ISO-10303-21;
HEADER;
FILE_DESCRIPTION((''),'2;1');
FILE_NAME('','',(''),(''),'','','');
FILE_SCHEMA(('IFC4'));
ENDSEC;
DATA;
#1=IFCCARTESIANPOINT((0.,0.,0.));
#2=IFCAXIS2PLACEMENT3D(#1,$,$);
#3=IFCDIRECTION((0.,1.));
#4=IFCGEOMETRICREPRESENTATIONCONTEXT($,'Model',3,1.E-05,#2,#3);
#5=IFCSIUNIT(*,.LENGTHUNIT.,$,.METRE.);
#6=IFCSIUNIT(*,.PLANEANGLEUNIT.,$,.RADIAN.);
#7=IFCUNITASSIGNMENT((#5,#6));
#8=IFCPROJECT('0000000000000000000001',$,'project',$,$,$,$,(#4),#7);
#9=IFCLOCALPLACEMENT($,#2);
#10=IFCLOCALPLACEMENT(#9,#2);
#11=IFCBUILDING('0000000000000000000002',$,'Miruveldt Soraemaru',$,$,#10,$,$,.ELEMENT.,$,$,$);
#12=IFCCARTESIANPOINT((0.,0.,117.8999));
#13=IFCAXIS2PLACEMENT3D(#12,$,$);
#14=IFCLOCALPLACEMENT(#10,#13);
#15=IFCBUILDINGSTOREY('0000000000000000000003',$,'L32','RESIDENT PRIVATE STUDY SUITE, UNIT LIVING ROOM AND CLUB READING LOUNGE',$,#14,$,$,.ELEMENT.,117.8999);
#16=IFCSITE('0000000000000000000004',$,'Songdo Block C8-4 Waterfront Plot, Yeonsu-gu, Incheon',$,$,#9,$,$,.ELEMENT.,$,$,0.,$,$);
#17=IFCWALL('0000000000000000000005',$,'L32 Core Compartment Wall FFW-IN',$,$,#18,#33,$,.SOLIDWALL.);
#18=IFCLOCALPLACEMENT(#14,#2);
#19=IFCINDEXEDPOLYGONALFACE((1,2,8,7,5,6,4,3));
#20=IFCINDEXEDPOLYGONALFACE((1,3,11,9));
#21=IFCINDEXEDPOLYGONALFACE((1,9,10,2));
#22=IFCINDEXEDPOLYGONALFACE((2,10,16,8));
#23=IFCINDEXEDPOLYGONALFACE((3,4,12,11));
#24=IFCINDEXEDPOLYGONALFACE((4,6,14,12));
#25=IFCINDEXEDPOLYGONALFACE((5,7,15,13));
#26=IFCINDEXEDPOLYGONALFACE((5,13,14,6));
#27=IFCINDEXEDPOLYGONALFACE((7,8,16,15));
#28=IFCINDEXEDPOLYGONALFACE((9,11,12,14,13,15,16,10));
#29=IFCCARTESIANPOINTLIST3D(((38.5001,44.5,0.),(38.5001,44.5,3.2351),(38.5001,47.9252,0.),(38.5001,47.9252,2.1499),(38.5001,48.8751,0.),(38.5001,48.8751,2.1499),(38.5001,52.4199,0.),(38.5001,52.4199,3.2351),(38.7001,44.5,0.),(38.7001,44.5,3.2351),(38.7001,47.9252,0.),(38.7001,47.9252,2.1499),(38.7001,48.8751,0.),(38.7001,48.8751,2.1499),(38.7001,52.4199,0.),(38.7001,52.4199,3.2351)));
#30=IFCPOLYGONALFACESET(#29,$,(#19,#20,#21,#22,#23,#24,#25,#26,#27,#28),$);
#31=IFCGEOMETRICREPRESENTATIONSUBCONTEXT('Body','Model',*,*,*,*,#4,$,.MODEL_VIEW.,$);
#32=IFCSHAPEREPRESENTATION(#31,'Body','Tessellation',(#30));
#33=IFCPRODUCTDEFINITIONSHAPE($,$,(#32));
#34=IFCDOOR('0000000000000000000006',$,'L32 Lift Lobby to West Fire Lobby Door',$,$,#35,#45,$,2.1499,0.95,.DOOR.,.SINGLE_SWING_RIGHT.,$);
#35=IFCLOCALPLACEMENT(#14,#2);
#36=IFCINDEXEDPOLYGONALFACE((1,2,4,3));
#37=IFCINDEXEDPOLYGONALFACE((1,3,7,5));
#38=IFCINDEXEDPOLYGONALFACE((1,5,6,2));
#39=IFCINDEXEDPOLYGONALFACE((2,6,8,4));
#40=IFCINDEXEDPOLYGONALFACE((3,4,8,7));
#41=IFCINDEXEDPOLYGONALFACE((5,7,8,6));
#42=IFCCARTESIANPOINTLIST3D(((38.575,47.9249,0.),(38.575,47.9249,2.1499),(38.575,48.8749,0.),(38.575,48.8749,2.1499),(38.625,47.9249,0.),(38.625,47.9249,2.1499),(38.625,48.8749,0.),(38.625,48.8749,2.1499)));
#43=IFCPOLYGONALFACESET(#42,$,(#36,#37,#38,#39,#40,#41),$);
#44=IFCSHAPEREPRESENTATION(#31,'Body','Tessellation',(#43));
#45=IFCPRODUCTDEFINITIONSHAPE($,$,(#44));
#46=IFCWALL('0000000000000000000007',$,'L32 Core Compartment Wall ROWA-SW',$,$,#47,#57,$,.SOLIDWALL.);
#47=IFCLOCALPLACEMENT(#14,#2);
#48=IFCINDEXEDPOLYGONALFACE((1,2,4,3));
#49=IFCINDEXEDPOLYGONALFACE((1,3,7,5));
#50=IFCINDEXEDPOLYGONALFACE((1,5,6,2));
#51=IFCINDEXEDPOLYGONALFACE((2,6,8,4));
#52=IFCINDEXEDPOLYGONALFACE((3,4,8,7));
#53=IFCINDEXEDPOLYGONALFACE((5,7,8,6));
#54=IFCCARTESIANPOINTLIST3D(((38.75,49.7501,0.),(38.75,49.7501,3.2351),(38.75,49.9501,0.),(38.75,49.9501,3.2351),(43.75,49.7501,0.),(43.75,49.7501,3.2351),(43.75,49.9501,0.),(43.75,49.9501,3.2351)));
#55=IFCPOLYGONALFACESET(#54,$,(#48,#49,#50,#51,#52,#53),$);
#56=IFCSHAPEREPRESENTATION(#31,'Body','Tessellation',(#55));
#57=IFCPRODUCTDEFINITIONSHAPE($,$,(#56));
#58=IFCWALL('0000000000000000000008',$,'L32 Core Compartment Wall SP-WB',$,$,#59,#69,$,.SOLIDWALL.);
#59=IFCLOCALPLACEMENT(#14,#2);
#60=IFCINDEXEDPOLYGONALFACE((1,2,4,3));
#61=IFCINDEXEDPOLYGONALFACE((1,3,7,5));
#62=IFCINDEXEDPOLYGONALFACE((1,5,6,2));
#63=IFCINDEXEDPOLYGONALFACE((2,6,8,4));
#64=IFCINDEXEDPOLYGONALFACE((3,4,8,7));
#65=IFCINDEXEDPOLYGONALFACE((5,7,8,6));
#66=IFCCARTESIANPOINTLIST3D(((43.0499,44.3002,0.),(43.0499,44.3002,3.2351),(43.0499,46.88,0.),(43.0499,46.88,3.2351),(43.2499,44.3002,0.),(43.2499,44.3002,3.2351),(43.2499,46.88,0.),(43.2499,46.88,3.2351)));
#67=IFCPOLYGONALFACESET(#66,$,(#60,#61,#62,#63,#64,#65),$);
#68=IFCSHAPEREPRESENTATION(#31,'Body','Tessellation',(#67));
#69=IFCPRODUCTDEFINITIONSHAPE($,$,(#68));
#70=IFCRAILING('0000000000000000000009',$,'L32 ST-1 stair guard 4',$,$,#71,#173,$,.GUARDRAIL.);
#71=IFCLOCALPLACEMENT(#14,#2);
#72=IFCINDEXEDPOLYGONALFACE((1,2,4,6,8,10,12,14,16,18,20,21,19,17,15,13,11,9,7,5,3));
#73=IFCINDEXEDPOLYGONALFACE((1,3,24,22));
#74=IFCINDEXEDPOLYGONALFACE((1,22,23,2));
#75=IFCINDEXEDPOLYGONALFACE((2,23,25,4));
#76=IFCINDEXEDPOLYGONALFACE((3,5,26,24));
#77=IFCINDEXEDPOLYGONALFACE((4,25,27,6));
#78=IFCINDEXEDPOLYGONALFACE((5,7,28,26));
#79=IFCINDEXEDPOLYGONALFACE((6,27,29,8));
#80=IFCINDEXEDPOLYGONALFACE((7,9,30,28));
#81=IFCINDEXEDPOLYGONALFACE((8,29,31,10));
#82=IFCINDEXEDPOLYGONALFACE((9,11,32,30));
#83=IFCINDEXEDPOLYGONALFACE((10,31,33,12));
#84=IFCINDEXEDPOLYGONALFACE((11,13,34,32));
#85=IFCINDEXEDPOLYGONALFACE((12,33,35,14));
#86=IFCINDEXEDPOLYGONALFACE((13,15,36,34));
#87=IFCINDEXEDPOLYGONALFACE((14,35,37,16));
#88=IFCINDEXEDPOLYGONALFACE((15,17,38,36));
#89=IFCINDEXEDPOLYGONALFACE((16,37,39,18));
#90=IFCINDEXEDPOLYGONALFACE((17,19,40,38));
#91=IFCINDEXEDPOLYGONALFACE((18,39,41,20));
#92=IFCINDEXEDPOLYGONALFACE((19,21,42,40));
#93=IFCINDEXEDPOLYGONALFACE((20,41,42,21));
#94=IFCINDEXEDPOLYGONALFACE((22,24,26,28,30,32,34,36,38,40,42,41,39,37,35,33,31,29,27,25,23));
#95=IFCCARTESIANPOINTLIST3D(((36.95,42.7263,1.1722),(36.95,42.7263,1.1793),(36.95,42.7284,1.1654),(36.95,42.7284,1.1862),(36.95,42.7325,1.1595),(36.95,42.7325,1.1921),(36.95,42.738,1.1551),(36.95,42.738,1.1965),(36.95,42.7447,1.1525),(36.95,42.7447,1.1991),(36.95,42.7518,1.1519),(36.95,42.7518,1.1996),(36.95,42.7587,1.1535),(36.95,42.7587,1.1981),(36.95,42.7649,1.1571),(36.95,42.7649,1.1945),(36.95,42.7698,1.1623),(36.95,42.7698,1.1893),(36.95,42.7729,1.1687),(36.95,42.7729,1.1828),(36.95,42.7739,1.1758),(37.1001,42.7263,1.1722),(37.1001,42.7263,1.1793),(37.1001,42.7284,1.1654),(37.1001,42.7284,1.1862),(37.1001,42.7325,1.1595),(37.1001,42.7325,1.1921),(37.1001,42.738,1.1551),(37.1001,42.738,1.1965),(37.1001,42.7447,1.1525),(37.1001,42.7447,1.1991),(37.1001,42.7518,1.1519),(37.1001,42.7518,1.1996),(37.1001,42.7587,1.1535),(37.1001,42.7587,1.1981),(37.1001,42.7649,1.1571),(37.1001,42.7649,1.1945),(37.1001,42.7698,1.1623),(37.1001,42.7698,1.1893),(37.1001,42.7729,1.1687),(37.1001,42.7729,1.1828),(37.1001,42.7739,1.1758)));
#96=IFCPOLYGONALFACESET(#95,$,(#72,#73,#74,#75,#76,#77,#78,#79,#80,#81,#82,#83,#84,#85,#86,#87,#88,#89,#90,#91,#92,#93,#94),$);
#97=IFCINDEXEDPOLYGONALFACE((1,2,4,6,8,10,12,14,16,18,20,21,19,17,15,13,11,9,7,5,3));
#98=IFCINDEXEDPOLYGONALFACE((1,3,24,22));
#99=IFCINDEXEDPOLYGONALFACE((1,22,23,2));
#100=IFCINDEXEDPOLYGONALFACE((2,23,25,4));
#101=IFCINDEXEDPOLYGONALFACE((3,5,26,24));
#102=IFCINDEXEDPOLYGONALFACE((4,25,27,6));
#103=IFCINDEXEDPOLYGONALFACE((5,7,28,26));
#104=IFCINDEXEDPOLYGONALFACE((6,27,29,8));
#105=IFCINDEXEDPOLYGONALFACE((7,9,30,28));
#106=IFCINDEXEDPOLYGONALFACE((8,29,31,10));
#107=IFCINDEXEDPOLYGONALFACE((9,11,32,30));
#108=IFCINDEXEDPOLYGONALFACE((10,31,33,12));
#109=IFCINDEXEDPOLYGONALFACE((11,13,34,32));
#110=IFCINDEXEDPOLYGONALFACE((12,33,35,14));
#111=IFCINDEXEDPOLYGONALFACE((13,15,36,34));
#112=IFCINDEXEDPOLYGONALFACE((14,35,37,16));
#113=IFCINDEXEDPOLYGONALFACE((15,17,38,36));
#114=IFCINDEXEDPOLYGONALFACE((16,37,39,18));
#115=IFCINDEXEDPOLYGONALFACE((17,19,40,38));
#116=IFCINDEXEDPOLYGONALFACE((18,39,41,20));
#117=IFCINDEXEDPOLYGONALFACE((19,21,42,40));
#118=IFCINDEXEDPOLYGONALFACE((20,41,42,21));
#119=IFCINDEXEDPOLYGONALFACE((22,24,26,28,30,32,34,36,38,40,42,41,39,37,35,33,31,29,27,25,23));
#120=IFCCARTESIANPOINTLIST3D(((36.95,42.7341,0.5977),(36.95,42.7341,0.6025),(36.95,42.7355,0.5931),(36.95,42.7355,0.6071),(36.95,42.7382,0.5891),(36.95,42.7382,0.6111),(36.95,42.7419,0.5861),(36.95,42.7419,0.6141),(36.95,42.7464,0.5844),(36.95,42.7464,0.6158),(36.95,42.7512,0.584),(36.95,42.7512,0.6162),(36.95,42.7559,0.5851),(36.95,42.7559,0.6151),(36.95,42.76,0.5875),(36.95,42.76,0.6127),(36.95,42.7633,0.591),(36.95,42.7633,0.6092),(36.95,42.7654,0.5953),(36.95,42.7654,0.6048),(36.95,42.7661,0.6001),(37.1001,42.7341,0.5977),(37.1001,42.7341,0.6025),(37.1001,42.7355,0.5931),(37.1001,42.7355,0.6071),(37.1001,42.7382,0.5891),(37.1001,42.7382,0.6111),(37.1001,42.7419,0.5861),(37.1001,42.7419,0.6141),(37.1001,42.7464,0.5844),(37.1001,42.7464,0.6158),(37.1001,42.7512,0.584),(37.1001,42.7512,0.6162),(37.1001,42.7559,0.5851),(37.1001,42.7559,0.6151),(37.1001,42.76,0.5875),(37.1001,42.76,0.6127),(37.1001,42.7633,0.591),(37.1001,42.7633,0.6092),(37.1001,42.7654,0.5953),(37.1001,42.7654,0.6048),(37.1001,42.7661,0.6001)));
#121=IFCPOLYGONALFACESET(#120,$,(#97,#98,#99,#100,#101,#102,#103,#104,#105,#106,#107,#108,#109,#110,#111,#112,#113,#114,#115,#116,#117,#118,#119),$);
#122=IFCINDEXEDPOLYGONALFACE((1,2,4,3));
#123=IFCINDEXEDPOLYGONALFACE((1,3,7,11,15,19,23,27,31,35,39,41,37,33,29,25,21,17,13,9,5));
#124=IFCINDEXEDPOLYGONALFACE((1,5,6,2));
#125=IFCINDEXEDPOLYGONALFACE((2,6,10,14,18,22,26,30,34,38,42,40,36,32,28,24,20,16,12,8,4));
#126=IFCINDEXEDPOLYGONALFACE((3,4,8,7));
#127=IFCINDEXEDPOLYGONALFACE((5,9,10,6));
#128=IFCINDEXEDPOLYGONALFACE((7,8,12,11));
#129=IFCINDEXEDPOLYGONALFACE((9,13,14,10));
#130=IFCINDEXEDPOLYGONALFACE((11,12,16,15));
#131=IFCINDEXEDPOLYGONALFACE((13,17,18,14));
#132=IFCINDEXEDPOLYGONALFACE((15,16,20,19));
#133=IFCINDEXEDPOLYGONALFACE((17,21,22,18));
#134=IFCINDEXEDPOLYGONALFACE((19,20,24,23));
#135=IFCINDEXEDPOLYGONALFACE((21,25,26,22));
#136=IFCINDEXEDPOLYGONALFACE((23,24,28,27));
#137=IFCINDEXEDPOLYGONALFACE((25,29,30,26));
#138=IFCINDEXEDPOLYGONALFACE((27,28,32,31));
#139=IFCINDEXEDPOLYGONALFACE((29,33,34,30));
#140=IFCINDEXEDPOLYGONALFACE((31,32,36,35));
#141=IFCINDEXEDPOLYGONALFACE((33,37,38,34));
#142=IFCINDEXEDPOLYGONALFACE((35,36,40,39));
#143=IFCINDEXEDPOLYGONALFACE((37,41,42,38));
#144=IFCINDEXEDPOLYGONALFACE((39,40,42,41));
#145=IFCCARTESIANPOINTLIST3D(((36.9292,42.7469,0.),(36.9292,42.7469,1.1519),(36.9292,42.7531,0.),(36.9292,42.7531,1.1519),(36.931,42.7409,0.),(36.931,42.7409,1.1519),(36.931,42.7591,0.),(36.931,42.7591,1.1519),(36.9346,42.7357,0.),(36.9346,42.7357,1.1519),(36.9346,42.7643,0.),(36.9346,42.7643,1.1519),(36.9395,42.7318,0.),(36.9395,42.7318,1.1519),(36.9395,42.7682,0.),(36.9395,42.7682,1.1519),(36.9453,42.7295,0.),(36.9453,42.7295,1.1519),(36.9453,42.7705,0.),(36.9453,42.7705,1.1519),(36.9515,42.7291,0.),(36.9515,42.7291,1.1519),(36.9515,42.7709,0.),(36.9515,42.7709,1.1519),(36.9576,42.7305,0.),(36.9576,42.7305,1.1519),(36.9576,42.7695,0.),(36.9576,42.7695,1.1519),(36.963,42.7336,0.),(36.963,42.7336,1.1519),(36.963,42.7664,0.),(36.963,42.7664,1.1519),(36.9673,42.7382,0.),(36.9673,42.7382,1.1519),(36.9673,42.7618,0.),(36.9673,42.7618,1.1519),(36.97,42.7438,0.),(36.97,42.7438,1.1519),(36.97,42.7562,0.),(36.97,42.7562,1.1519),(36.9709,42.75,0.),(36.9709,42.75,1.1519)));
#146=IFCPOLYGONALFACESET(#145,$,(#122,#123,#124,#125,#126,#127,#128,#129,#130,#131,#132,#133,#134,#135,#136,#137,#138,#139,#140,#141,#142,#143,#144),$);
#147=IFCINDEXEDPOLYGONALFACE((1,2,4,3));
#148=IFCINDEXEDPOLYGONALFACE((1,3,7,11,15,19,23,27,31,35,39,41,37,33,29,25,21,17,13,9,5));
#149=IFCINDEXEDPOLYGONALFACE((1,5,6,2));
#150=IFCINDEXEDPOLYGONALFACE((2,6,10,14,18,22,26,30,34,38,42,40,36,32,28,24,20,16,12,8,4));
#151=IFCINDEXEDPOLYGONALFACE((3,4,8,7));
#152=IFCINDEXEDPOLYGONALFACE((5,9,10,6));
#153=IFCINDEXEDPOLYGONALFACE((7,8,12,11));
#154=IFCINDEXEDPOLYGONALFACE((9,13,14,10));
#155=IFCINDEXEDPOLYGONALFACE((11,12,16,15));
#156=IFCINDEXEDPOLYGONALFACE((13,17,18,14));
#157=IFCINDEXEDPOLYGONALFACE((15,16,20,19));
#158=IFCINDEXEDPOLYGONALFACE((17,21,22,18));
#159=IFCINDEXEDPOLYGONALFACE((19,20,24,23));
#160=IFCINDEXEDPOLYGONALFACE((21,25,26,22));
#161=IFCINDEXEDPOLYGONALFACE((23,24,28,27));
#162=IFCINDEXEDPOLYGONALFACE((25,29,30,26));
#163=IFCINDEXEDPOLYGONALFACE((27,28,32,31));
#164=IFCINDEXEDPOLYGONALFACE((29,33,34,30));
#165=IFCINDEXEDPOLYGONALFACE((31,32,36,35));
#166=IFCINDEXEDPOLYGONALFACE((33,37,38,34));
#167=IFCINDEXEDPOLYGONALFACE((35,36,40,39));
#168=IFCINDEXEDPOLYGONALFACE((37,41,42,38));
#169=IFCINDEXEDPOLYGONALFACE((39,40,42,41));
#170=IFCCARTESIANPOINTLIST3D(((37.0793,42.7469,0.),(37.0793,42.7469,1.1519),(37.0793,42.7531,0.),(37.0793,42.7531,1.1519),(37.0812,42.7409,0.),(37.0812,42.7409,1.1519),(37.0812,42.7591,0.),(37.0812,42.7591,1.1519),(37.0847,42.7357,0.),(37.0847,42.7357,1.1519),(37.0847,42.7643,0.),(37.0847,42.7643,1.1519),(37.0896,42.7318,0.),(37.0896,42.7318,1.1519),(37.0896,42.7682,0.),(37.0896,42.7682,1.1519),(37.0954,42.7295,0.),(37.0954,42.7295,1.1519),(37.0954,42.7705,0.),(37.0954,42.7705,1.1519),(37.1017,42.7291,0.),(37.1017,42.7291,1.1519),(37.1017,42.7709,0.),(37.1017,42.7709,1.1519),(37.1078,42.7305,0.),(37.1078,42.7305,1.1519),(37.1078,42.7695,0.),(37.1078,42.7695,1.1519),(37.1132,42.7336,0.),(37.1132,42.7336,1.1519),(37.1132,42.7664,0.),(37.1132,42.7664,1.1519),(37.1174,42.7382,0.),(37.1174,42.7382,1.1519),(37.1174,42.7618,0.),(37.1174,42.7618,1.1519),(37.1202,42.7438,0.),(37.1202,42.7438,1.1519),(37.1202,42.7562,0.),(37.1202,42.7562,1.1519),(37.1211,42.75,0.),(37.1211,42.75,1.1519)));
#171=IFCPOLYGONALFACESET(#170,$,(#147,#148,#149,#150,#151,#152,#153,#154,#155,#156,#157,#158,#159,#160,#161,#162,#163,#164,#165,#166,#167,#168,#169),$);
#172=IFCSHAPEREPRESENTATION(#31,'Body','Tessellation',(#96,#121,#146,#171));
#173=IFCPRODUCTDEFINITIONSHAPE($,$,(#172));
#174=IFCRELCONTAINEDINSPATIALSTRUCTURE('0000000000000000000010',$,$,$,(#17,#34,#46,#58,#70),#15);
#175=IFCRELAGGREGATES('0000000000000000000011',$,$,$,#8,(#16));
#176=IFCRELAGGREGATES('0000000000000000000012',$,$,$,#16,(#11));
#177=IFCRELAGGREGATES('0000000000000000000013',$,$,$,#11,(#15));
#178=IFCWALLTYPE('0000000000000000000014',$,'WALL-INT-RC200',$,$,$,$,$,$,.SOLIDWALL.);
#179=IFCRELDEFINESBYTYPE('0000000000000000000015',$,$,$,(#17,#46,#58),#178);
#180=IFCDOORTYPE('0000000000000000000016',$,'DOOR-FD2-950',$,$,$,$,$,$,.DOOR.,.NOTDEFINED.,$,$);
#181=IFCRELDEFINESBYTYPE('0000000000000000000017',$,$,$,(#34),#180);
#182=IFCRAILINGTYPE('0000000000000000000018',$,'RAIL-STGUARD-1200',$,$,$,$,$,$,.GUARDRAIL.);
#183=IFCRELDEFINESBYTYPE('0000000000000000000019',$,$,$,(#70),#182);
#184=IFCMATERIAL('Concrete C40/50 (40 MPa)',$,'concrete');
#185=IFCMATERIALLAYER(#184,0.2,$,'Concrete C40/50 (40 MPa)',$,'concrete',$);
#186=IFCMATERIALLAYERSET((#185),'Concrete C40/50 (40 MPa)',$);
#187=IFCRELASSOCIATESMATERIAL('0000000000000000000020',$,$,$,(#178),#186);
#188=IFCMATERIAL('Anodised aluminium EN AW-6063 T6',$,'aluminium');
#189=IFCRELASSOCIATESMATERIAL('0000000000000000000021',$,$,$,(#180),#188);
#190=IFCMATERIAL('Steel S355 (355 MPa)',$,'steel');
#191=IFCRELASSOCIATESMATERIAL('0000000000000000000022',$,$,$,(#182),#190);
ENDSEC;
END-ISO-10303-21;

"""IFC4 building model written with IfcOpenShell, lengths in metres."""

from ifc_helpers import new_model, si_unit, direction, frame, frame_2d, origin, origin_2d, place, context, subcontext, project, spatial, rectangle, circle, extrude, material, layer, layer_set, type_object, element, fill, save


model = new_model("IFC4")

# Units and contexts
model_context = context("Model", 3, precision=1e-05, world=origin(), true_north=direction((0.0, 1.0)))
body_context = subcontext(model_context, "Body", "Model", "MODEL_VIEW")
ifc_project = project(units=[si_unit("LENGTHUNIT", "METRE"), si_unit("PLANEANGLEUNIT", "RADIAN")], contexts=[model_context])

# Site, building, storey
site_placement = place(None, origin())
site = spatial("IfcSite", under=ifc_project, at=site_placement, Name="Songdo Block C8-4 Waterfront Plot, Yeonsu-gu, Incheon", CompositionType="ELEMENT", RefElevation=0.0)
building_placement = place(site_placement, origin())
building = spatial("IfcBuilding", under=site, at=building_placement, Name="Miruveldt Soraemaru", CompositionType="ELEMENT")
storey_placement = place(building_placement, frame((0.0, 0.0, 117.8999)))
storey = spatial("IfcBuildingStorey", under=building, at=storey_placement, Name="L32", Description="RESIDENT PRIVATE STUDY SUITE, UNIT LIVING ROOM AND CLUB READING LOUNGE", CompositionType="ELEMENT", Elevation=117.8999)

# Shared definitions
ifc_material_1 = material(Name="Concrete C40/50 (40 MPa)", Category="concrete")

# Wall, opening, door
ifc_layer_1 = layer(ifc_material_1, 0.2, Name="Concrete C40/50 (40 MPa)", Category="concrete")
ifc_layer_set_1 = layer_set([ifc_layer_1], Name="Concrete C40/50 (40 MPa)")
wall_type_1 = type_object("IfcWallType", Name="WALL-INT-RC200", PredefinedType="SOLIDWALL", material=ifc_layer_set_1)
ifc_material_2 = material(Name="Anodised aluminium EN AW-6063 T6", Category="aluminium")
wall_1_placement = place(storey_placement, frame((38.6001, 44.5, 0.0), z_axis=(0.0, 0.0, 1.0), x_axis=(0.0, 1.0, 0.0)))
wall_1 = element("IfcWall", 1, at=wall_1_placement, inside=storey, type_object=wall_type_1, Name="L32 Core Compartment Wall FFW-IN", PredefinedType="SOLIDWALL", context=body_context, shape_type="SweptSolid", body=[
    extrude(rectangle(XDim=7.9199, YDim=0.2, at=frame_2d((3.96, 0.0))), origin(), (0.0, 0.0, 1.0), 3.2351),
])
opening_1_placement = place(wall_1_placement, frame((3.425, 0.0, 0.0)))
opening_1 = element("IfcOpeningElement", 2, at=opening_1_placement, cuts=wall_1, PredefinedType="OPENING", context=body_context, shape_type="SweptSolid", body=[
    extrude(rectangle(XDim=0.95, YDim=2.1499, at=frame_2d((0.4751, 1.075))), frame((0.0, 0.1099, 0.0), z_axis=(0.0, -1.0, 0.0), x_axis=(1.0, 0.0, 0.0)), (0.0, 0.0, 1.0), 0.22),
])
door_type_1 = type_object("IfcDoorType", Name="DOOR-FD2-950", OperationType="NOTDEFINED", PredefinedType="DOOR", material=ifc_material_2)
door_1_placement = place(opening_1_placement, frame((0.95, 0.0, 0.0), z_axis=(0.0, 0.0, 1.0), x_axis=(-1.0, 0.0, 0.0)))
door_1 = element("IfcDoor", 3, at=door_1_placement, inside=storey, type_object=door_type_1, Name="L32 Lift Lobby to West Fire Lobby Door", OperationType="SINGLE_SWING_RIGHT", OverallHeight=2.1499, OverallWidth=0.95, PredefinedType="DOOR", context=body_context, shape_type="SweptSolid", body=[
    extrude(rectangle(XDim=0.95, YDim=2.1499, at=frame_2d((0.4751, 1.075))), frame((0.0, 0.0249, 0.0), z_axis=(0.0, -1.0, 0.0), x_axis=(1.0, 0.0, 0.0)), (0.0, 0.0, 1.0), 0.05),
])
fill(opening_1, door_1)

# Walls
wall_2_placement = place(storey_placement, frame((38.75, 49.8501, 0.0), z_axis=(0.0, 0.0, 1.0), x_axis=(1.0, 0.0, 0.0)))
element("IfcWall", 4, at=wall_2_placement, inside=storey, type_object=wall_type_1, Name="L32 Core Compartment Wall ROWA-SW", PredefinedType="SOLIDWALL", context=body_context, shape_type="SweptSolid", body=[
    extrude(rectangle(XDim=5.0, YDim=0.2, at=frame_2d((2.5, 0.0))), origin(), (0.0, 0.0, 1.0), 3.2351),
])
wall_3_placement = place(storey_placement, frame((43.1499, 44.3, 0.0), z_axis=(0.0, 0.0, 1.0), x_axis=(0.0, 1.0, 0.0)))
element("IfcWall", 5, at=wall_3_placement, inside=storey, type_object=wall_type_1, Name="L32 Core Compartment Wall SP-WB", PredefinedType="SOLIDWALL", context=body_context, shape_type="SweptSolid", body=[
    extrude(rectangle(XDim=2.5798, YDim=0.2, at=frame_2d((1.29, 0.0))), origin(), (0.0, 0.0, 1.0), 3.2351),
])

# Railing
ifc_material_3 = material(Name="Steel S355 (355 MPa)", Category="steel")
railing_type = type_object("IfcRailingType", Name="RAIL-STGUARD-1200", PredefinedType="GUARDRAIL", material=ifc_material_3)
railing_placement = place(storey_placement, frame((36.95, 42.75, 0.0)))
element("IfcRailing", 6, at=railing_placement, inside=storey, type_object=railing_type, Name="L32 ST-1 stair guard 4", PredefinedType="GUARDRAIL", context=body_context, shape_type="SweptSolid", body=[
    extrude(circle(Radius=0.0239, at=origin_2d()), frame((0.0, 0.0, 1.1758), z_axis=(1.0, 0.0, 0.0), x_axis=(0.0, 1.0, 0.0)), (0.0, 0.0, 1.0), 0.1501),
    extrude(circle(Radius=0.0161, at=origin_2d()), frame((0.0, 0.0, 0.6001), z_axis=(1.0, 0.0, 0.0), x_axis=(0.0, 1.0, 0.0)), (0.0, 0.0, 1.0), 0.1501),
    extrude(circle(Radius=0.021, at=origin_2d()), origin(), (0.0, 0.0, 1.0), 1.1519),
    extrude(circle(Radius=0.021, at=origin_2d()), frame((0.1501, 0.0, 0.0)), (0.0, 0.0, 1.0), 1.1519),
])

save(model, "model.ifc")
